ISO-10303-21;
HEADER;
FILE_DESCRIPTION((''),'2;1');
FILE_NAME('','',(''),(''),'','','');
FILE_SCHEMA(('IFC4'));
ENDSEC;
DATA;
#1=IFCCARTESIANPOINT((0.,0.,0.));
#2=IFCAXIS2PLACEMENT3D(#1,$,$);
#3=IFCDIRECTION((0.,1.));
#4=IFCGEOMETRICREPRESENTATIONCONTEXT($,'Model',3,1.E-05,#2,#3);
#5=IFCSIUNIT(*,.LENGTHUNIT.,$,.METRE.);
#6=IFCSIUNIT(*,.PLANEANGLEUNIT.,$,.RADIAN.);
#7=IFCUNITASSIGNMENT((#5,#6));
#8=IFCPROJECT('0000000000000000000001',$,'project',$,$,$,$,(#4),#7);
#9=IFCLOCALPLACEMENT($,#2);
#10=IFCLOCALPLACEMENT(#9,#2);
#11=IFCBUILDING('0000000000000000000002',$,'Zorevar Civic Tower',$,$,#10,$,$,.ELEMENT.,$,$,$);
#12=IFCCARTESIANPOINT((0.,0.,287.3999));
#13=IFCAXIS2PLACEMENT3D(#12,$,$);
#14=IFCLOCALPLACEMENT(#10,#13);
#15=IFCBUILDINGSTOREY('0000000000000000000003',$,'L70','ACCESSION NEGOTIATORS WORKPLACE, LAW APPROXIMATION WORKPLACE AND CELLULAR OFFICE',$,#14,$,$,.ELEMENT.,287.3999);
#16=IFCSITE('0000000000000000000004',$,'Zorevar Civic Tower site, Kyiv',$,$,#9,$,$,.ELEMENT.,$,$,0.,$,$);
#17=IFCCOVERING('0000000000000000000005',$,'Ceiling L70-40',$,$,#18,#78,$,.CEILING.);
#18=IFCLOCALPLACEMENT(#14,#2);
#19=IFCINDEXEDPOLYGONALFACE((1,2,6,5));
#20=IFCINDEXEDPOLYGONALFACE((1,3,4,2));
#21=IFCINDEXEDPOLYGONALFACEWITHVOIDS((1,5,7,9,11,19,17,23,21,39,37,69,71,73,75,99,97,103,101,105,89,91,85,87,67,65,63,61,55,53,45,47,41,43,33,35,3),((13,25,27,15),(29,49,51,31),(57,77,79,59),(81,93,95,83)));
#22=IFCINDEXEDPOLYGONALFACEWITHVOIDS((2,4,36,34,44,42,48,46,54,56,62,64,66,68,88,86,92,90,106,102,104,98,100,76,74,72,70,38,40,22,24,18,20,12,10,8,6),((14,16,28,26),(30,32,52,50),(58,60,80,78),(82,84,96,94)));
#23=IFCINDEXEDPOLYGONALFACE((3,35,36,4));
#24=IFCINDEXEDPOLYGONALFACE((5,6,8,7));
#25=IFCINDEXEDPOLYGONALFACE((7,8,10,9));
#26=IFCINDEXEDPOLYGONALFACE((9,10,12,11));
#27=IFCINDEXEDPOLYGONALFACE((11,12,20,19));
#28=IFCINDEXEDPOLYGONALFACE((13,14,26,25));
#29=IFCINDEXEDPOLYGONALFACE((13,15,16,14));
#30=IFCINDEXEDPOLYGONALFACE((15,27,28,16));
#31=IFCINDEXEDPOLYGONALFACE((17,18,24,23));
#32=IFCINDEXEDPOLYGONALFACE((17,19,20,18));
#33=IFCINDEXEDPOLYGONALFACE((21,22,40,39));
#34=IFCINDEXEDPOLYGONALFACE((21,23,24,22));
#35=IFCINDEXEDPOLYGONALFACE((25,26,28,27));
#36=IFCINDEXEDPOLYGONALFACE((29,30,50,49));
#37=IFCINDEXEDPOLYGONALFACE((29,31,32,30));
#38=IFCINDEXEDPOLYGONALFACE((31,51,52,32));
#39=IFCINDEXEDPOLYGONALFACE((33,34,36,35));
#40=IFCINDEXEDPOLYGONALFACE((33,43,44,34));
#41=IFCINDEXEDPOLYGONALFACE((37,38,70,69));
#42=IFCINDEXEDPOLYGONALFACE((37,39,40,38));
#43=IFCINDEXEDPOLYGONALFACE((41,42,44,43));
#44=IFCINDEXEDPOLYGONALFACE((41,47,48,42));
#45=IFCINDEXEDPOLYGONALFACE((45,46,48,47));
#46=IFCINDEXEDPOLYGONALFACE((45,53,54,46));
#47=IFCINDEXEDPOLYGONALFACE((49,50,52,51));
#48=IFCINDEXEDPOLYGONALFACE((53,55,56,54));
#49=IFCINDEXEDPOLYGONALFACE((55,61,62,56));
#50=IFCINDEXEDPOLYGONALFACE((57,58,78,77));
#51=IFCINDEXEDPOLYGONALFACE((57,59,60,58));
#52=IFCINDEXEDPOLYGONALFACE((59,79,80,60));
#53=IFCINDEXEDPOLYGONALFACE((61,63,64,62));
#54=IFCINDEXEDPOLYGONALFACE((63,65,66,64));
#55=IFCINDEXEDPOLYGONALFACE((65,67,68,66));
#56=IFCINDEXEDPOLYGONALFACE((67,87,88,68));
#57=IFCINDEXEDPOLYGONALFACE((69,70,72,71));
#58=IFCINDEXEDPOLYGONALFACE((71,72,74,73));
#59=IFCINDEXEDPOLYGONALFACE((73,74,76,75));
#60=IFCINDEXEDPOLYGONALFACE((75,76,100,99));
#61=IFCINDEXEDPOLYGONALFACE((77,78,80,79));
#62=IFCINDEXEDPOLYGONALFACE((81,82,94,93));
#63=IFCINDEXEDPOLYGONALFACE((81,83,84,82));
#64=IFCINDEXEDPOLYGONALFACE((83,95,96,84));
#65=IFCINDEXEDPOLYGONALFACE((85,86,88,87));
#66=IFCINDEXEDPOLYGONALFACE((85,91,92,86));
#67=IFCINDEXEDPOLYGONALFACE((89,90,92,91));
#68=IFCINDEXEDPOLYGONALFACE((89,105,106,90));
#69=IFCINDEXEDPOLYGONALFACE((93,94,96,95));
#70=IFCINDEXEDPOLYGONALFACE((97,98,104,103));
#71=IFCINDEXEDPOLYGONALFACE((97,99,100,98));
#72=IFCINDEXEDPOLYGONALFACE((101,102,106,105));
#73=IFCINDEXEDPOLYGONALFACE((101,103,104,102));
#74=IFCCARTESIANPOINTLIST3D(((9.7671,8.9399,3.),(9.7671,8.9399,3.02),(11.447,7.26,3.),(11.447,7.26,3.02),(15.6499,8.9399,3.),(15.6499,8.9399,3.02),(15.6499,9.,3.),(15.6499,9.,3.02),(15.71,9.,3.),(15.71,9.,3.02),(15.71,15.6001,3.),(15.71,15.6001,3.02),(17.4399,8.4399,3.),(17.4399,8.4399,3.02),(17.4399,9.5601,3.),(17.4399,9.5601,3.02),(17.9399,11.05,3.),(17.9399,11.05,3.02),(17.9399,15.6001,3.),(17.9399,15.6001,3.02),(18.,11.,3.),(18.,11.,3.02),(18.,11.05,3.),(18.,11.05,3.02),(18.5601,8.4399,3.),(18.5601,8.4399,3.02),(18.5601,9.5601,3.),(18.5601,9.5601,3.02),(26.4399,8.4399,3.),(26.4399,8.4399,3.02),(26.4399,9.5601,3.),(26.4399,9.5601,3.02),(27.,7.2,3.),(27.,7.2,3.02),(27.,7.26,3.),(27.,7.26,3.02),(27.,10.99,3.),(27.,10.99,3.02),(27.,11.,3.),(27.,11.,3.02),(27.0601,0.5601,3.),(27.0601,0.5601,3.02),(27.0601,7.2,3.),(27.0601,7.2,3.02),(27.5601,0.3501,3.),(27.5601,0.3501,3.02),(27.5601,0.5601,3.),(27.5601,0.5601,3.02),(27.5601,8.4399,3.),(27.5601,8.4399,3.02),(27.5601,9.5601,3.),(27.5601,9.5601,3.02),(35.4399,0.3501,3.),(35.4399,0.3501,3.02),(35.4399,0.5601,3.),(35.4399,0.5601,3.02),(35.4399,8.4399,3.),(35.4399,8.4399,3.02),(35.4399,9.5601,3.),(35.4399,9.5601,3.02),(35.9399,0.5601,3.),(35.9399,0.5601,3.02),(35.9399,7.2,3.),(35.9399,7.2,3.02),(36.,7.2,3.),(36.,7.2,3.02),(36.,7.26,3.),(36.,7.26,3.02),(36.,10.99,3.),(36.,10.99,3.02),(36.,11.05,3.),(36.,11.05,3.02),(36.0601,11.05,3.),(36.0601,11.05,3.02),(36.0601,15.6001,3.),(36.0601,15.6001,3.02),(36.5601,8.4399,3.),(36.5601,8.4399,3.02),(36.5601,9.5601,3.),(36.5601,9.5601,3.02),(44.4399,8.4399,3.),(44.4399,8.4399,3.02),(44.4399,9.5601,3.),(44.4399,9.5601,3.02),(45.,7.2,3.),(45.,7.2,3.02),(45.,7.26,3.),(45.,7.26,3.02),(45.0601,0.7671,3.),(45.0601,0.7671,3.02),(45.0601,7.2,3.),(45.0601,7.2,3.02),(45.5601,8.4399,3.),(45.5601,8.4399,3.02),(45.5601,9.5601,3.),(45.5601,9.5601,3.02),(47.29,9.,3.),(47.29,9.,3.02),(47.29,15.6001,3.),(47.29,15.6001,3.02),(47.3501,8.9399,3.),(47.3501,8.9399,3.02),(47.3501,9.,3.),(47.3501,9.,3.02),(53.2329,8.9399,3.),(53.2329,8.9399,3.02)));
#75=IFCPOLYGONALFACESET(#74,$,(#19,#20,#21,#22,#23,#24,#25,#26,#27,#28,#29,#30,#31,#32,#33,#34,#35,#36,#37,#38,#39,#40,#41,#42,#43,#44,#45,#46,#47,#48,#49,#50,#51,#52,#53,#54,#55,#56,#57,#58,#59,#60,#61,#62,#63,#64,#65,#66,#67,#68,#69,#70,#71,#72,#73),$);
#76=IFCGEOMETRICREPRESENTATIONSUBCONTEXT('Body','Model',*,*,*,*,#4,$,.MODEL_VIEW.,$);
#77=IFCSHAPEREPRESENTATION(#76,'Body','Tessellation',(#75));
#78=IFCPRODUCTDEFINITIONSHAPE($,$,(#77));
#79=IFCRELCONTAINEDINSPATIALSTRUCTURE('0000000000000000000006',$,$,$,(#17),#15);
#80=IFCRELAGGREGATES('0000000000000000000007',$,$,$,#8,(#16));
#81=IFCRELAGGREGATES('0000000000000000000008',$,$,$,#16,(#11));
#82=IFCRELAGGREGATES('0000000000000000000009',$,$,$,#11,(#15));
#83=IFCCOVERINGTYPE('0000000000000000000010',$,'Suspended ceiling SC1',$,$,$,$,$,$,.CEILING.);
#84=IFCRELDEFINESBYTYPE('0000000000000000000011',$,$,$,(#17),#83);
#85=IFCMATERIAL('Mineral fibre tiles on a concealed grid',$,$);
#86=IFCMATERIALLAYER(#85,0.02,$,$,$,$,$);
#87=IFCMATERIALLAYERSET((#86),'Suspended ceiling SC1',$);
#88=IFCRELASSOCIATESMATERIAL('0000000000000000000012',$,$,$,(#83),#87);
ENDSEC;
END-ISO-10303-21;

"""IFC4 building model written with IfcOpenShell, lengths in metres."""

from ifc_helpers import new_model, si_unit, direction, frame, origin, place, context, subcontext, project, spatial, polyline, outline, extrude, material, layer, layer_set, type_object, element, save


model = new_model("IFC4")

# Units and contexts
model_context = context("Model", 3, precision=1e-05, world=origin(), true_north=direction((0.0, 1.0)))
body_context = subcontext(model_context, "Body", "Model", "MODEL_VIEW")
ifc_project = project(units=[si_unit("LENGTHUNIT", "METRE"), si_unit("PLANEANGLEUNIT", "RADIAN")], contexts=[model_context])

# Site, building, storey
site_placement = place(None, origin())
site = spatial("IfcSite", under=ifc_project, at=site_placement, Name="Zorevar Civic Tower site, Kyiv", CompositionType="ELEMENT", RefElevation=0.0)
building_placement = place(site_placement, origin())
building = spatial("IfcBuilding", under=site, at=building_placement, Name="Zorevar Civic Tower", CompositionType="ELEMENT")
storey_placement = place(building_placement, frame((0.0, 0.0, 287.3999)))
storey = spatial("IfcBuildingStorey", under=building, at=storey_placement, Name="L70", Description="ACCESSION NEGOTIATORS WORKPLACE, LAW APPROXIMATION WORKPLACE AND CELLULAR OFFICE", CompositionType="ELEMENT", Elevation=287.3999)

# Covering
ifc_material_1 = material(Name="Mineral fibre tiles on a concealed grid")
ifc_layer_1 = layer(ifc_material_1, 0.02)
ifc_layer_set_1 = layer_set([ifc_layer_1], Name="Suspended ceiling SC1")
covering_type_1 = type_object("IfcCoveringType", Name="Suspended ceiling SC1", PredefinedType="CEILING", material=ifc_layer_set_1)
covering_1_placement = place(storey_placement, frame((0.0, 0.0, 3.0)))
element("IfcCovering", 1, at=covering_1_placement, inside=storey, type_object=covering_type_1, Name="Ceiling L70-40", PredefinedType="CEILING", context=body_context, shape_type="SweptSolid", body=[
    extrude(outline(polyline([(36.0, 11.05), (36.0601, 11.05), (36.0601, 15.6001), (47.29, 15.6001), (47.29, 9.0), (47.3501, 9.0), (47.3501, 8.9399), (53.2329, 8.9399), (45.0601, 0.7671), (45.0601, 7.2), (45.0, 7.2), (45.0, 7.26), (36.0, 7.26), (36.0, 7.2), (35.9399, 7.2), (35.9399, 0.5601), (35.4399, 0.5601), (35.4399, 0.3501), (27.5601, 0.3501), (27.5601, 0.5601), (27.0601, 0.5601), (27.0601, 7.2), (27.0, 7.2), (27.0, 7.26), (11.447, 7.26), (9.7671, 8.9399), (15.6499, 8.9399), (15.6499, 9.0), (15.71, 9.0), (15.71, 15.6001), (17.9399, 15.6001), (17.9399, 11.05), (18.0, 11.05), (18.0, 11.0), (27.0, 11.0), (27.0, 10.99), (36.0, 10.99), (36.0, 11.05)]), holes=[polyline([(17.4399, 9.5601), (17.4399, 8.4399), (18.5601, 8.4399), (18.5601, 9.5601), (17.4399, 9.5601)]), polyline([(27.5601, 8.4399), (27.5601, 9.5601), (26.4399, 9.5601), (26.4399, 8.4399), (27.5601, 8.4399)]), polyline([(35.4399, 9.5601), (35.4399, 8.4399), (36.5601, 8.4399), (36.5601, 9.5601), (35.4399, 9.5601)]), polyline([(45.5601, 8.4399), (45.5601, 9.5601), (44.4399, 9.5601), (44.4399, 8.4399), (45.5601, 8.4399)])]), origin(), (0.0, 0.0, 1.0), 0.02),
])

save(model, "model.ifc")
